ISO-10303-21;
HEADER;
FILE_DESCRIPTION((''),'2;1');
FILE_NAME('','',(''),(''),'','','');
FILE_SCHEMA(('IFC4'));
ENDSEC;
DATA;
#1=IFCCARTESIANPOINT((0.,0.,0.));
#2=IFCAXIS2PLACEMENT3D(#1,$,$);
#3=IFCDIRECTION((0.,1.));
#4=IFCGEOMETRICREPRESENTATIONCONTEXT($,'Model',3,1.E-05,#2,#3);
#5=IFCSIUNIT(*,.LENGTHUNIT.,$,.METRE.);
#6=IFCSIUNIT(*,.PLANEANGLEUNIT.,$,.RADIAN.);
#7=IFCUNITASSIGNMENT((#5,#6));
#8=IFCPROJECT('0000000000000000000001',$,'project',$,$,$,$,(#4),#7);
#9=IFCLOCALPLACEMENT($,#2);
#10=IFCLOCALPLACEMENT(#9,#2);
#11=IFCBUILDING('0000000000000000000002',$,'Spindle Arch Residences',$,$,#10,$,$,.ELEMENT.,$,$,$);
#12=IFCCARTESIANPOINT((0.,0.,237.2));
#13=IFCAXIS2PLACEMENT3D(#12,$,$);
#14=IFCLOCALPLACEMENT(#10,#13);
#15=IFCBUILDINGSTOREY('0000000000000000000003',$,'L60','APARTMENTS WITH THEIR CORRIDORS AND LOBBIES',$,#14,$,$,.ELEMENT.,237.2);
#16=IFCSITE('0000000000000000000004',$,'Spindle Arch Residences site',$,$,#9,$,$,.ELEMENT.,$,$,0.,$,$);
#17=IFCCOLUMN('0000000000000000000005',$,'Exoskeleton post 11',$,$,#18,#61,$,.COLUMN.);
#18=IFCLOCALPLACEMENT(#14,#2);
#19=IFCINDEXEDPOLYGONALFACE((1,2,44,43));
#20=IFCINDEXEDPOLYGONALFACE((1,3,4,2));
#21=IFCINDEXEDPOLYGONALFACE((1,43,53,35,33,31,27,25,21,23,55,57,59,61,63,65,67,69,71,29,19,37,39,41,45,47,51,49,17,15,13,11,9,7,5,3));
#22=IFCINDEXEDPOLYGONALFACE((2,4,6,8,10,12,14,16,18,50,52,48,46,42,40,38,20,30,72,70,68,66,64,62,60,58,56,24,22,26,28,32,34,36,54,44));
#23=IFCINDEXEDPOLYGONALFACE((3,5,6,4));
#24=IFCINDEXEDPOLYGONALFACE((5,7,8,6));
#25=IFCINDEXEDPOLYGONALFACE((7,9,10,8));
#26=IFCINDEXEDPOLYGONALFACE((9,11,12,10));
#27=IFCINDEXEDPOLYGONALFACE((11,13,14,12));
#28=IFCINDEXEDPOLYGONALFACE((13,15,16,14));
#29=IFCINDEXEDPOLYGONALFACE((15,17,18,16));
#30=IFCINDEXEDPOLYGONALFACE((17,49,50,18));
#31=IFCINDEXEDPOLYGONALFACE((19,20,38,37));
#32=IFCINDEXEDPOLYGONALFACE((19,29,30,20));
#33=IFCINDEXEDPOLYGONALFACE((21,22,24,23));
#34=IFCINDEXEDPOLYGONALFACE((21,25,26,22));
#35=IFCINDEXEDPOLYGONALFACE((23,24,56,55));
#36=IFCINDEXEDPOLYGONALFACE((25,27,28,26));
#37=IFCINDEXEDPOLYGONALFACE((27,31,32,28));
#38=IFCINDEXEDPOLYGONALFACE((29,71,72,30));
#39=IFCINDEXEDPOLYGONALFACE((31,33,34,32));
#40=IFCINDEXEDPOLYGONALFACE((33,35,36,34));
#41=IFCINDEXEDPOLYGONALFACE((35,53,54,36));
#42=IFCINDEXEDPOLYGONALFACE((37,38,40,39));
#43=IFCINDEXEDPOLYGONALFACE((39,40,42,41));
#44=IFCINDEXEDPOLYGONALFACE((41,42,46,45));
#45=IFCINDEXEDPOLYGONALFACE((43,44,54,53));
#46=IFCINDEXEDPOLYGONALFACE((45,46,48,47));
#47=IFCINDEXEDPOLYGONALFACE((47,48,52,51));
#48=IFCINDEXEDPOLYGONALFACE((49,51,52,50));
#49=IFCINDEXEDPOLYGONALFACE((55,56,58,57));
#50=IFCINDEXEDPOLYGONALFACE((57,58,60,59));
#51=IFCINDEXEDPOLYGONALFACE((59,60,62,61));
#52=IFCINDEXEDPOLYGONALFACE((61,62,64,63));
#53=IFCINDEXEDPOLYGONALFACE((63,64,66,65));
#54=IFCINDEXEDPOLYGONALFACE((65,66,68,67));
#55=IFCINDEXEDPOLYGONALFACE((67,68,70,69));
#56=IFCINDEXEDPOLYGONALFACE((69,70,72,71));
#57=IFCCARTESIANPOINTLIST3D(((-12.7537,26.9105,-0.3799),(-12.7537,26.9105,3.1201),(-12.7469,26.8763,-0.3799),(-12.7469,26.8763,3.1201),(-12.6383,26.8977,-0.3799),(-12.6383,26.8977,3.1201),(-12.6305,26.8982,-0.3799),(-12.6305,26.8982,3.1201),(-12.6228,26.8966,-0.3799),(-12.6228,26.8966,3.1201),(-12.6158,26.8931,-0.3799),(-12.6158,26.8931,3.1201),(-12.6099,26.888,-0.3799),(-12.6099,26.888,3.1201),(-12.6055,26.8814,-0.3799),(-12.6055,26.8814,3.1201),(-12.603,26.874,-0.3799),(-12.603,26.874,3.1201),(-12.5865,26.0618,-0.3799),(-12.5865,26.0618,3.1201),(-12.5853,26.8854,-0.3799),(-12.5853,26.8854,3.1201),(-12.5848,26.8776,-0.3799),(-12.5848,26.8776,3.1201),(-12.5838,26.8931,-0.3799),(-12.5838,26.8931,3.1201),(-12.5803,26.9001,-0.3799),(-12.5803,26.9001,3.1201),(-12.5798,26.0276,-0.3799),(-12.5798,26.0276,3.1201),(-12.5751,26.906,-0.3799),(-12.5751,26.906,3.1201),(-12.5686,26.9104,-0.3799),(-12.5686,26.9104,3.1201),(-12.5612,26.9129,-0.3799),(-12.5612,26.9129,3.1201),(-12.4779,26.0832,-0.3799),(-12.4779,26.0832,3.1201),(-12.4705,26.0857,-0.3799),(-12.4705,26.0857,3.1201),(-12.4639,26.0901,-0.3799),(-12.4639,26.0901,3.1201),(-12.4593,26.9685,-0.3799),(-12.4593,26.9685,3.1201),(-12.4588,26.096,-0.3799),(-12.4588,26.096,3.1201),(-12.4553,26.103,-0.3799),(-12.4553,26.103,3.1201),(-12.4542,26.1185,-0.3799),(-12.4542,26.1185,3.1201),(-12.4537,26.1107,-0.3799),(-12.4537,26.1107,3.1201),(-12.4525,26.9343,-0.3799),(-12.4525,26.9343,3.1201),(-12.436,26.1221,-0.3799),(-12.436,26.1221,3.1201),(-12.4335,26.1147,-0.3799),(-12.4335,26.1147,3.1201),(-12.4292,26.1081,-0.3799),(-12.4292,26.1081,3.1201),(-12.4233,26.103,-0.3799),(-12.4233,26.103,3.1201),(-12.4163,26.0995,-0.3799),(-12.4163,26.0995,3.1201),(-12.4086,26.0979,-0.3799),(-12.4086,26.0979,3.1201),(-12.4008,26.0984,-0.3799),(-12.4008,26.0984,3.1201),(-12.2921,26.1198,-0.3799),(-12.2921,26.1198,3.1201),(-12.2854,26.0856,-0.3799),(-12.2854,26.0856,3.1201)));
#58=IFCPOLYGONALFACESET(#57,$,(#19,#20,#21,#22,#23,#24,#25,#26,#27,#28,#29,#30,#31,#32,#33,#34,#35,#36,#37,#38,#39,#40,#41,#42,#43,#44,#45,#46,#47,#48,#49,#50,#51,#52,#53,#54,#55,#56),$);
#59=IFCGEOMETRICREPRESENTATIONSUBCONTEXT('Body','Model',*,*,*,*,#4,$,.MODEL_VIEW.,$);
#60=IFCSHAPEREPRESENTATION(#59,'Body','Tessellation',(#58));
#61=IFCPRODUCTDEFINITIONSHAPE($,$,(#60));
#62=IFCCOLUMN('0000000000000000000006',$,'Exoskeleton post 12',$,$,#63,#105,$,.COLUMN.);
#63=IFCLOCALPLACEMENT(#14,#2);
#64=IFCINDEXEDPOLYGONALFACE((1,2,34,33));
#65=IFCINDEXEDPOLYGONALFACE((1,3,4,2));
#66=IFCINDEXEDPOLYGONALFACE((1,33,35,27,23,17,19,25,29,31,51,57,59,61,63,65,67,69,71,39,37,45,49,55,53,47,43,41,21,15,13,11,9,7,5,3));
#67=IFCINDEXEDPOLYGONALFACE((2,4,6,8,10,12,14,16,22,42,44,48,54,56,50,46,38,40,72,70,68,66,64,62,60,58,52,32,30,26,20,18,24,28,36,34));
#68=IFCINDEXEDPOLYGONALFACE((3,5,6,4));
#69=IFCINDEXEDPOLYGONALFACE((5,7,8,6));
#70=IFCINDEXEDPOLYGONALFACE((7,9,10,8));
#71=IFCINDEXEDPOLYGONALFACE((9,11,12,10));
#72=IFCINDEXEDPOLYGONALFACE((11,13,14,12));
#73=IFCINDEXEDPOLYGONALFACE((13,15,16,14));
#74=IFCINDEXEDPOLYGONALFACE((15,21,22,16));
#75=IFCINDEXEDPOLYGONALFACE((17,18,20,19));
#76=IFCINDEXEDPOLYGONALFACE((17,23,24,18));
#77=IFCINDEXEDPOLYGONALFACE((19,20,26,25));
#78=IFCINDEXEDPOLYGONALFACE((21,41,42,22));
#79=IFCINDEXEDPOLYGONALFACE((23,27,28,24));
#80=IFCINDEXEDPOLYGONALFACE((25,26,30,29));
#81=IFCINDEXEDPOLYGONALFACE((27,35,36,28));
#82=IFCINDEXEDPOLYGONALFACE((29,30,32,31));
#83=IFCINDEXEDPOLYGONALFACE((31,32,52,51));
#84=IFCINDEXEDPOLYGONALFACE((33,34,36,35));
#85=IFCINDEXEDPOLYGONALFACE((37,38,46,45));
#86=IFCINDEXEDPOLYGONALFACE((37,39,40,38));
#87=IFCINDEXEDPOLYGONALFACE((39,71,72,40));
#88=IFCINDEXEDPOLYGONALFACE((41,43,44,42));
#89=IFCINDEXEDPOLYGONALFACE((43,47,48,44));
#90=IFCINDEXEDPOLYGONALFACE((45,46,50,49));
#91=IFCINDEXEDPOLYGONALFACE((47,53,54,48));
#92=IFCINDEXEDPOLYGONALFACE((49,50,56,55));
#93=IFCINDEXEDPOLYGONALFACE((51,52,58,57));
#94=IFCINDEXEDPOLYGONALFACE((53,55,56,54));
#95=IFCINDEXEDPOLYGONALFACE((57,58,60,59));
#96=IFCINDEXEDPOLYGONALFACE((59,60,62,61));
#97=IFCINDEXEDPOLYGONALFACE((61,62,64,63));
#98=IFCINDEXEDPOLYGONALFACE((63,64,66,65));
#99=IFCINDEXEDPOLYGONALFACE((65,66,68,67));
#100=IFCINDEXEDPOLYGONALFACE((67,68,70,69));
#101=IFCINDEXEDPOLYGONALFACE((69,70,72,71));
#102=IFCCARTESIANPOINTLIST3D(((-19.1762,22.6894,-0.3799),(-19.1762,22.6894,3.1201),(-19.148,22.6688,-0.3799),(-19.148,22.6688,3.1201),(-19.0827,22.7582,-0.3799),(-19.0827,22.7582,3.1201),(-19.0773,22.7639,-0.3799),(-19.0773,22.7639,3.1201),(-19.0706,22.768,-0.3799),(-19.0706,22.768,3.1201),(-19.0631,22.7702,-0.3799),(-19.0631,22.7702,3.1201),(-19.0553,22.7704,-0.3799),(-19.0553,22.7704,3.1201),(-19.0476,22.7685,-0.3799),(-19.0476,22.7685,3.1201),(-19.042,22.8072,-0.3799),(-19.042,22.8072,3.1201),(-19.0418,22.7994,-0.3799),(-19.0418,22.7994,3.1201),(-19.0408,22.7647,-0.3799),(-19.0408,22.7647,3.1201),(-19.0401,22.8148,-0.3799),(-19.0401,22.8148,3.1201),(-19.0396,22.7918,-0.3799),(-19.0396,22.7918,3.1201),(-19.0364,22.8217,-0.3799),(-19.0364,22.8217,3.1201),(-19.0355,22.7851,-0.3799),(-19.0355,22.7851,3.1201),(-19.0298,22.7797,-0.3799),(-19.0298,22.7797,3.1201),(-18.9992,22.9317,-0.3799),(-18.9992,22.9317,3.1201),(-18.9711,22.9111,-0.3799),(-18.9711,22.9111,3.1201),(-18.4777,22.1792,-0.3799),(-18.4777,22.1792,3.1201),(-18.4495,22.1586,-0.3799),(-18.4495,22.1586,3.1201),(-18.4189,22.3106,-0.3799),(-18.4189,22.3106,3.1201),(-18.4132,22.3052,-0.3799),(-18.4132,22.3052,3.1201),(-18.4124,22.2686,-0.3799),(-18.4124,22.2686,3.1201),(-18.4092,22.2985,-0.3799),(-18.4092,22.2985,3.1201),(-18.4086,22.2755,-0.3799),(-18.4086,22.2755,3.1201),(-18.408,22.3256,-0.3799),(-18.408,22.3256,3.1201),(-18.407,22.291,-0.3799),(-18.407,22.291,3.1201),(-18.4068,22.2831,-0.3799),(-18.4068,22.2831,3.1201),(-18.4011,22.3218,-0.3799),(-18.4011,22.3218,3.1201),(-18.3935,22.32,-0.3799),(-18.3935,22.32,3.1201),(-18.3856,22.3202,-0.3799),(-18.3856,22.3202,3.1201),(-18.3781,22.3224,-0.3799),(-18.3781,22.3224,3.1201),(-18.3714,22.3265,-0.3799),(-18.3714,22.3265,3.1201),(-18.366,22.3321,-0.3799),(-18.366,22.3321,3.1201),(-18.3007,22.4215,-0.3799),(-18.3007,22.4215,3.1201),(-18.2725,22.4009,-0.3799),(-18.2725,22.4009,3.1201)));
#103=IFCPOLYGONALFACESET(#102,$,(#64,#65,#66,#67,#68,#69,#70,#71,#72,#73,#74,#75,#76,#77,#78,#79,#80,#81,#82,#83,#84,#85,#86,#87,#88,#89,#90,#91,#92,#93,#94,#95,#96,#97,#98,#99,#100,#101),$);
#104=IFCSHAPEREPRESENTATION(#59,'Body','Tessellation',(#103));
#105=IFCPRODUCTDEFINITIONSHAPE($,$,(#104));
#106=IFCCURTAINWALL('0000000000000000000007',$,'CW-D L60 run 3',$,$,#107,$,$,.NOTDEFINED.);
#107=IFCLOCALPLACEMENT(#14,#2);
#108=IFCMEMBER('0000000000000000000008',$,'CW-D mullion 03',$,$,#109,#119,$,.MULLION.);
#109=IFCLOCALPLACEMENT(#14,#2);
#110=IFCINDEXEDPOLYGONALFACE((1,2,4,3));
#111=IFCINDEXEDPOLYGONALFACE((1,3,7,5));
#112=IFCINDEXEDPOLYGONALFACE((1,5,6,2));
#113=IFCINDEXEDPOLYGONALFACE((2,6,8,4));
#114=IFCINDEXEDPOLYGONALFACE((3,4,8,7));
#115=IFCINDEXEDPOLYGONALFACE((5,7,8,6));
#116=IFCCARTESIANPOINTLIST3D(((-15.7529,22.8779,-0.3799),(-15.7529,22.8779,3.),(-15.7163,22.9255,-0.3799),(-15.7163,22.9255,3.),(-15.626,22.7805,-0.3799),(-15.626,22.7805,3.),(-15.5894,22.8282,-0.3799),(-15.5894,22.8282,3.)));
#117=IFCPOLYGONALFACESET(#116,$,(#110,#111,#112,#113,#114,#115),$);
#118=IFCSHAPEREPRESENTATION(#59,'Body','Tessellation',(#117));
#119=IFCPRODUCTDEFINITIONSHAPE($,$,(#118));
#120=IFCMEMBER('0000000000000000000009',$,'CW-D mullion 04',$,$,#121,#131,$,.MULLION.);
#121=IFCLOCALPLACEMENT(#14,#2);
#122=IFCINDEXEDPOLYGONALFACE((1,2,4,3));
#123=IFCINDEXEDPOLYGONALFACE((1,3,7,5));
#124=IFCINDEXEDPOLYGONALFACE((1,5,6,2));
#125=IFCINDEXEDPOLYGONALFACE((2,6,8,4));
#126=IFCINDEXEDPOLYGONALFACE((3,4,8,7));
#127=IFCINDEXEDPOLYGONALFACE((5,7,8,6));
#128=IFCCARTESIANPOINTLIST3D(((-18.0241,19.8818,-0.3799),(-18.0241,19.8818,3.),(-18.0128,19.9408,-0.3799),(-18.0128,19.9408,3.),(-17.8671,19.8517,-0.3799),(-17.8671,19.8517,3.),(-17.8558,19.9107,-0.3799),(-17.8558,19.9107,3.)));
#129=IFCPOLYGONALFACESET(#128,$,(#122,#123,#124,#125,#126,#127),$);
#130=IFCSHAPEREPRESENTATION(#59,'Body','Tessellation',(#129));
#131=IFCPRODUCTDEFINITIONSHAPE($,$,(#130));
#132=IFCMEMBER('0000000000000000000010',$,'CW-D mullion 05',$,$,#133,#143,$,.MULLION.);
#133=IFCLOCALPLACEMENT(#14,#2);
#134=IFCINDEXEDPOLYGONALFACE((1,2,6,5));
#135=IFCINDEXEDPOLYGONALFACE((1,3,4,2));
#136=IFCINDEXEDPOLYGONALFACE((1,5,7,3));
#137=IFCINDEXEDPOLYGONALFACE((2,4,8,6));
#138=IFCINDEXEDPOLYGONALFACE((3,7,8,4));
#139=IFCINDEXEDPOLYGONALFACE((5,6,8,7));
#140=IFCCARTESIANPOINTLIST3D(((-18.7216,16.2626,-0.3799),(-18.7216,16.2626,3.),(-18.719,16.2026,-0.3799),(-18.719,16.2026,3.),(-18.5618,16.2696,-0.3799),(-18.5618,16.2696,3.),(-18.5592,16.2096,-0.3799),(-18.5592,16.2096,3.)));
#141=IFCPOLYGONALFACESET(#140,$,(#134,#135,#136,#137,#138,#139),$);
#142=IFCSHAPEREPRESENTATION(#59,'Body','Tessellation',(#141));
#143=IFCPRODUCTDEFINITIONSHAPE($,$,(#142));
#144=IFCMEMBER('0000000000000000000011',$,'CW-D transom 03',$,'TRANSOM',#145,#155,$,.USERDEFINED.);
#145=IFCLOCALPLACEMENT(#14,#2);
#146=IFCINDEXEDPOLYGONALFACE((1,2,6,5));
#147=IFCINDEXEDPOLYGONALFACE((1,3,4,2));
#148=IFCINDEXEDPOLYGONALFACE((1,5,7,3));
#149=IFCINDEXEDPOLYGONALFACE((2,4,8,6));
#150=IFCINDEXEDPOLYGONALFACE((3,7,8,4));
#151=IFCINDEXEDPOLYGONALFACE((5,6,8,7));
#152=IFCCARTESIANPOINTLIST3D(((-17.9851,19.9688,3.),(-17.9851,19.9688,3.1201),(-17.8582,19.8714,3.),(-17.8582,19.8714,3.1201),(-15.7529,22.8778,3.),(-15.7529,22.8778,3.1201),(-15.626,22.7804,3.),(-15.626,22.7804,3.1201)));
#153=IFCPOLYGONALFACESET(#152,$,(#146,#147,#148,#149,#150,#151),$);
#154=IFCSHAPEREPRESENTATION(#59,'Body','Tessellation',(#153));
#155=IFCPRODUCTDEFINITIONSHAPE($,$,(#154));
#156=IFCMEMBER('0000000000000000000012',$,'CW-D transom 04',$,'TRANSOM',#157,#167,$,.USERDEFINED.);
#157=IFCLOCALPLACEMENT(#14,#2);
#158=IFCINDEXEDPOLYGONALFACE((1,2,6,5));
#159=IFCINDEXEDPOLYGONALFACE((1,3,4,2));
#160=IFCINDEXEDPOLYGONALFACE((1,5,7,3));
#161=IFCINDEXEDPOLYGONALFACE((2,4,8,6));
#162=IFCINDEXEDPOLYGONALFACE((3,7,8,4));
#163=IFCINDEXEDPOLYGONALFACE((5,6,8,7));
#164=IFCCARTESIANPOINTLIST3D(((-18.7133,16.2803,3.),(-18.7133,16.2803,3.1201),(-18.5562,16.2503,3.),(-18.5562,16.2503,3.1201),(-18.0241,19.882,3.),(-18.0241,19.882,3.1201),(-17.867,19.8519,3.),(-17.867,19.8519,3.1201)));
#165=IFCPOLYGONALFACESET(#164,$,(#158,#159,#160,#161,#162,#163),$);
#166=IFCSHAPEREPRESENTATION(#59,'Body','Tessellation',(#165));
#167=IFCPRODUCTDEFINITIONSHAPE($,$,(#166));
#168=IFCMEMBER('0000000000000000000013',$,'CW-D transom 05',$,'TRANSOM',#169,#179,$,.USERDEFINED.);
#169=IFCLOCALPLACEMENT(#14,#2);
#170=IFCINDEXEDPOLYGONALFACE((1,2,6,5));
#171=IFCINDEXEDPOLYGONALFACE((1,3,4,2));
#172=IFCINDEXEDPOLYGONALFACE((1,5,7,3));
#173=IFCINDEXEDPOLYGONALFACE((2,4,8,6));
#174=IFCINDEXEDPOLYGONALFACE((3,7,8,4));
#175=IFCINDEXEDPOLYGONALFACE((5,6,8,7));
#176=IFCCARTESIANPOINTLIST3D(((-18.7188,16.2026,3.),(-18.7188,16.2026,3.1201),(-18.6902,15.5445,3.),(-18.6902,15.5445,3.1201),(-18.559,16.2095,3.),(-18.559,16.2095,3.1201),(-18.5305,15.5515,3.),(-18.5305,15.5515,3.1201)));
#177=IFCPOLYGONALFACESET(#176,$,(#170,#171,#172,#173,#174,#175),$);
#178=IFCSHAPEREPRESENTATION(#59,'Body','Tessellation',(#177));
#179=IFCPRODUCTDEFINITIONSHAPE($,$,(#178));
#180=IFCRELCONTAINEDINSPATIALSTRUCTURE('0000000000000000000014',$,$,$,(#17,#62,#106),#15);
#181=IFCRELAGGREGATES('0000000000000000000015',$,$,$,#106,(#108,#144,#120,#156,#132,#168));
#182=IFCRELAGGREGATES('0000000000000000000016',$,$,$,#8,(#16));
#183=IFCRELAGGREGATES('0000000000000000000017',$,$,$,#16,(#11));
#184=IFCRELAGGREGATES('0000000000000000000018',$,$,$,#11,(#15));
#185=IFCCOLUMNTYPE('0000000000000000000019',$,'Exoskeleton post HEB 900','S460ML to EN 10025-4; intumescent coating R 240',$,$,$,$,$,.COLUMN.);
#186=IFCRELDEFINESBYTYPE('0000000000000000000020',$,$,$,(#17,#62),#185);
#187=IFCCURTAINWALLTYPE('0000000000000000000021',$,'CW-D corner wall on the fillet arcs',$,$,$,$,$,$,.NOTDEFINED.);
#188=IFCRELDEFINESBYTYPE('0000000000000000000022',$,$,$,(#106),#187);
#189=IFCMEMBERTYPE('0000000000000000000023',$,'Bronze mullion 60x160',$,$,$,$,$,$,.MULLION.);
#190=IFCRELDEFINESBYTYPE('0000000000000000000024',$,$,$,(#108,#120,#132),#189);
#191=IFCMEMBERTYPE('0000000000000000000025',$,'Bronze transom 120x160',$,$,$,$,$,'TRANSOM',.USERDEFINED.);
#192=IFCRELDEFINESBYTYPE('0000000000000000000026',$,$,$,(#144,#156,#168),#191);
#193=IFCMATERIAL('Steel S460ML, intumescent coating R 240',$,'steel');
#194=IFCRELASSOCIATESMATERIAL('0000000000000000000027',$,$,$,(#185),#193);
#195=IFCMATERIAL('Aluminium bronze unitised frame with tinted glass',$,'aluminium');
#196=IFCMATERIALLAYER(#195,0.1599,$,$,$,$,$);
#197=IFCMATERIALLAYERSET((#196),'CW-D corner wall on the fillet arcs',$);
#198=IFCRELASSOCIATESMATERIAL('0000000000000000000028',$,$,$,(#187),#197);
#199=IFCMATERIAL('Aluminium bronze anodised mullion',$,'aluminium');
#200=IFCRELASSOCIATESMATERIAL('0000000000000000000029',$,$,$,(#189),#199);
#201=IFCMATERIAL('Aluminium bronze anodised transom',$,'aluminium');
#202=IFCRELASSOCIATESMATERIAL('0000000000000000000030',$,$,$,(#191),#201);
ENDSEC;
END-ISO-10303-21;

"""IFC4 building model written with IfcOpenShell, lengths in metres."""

from ifc_helpers import new_model, si_unit, direction, frame, origin, origin_2d, place, context, subcontext, project, spatial, rectangle, i_section, extrude, material, layer, layer_set, material_profile, profile_set, type_object, element, aggregate, save


model = new_model("IFC4")

# Units and contexts
model_context = context("Model", 3, precision=1e-05, world=origin(), true_north=direction((0.0, 1.0)))
body_context = subcontext(model_context, "Body", "Model", "MODEL_VIEW")
ifc_project = project(units=[si_unit("LENGTHUNIT", "METRE"), si_unit("PLANEANGLEUNIT", "RADIAN")], contexts=[model_context])

# Site, building, storey
site_placement = place(None, origin())
site = spatial("IfcSite", under=ifc_project, at=site_placement, Name="Spindle Arch Residences site", CompositionType="ELEMENT", RefElevation=0.0)
building_placement = place(site_placement, origin())
building = spatial("IfcBuilding", under=site, at=building_placement, Name="Spindle Arch Residences", CompositionType="ELEMENT")
storey_placement = place(building_placement, frame((0.0, 0.0, 237.2)))
storey = spatial("IfcBuildingStorey", under=building, at=storey_placement, Name="L60", Description="APARTMENTS WITH THEIR CORRIDORS AND LOBBIES", CompositionType="ELEMENT", Elevation=237.2)

# Columns
ifc_material_1 = material(Name="Steel S460ML, intumescent coating R 240", Category="steel")
ifc_material_profile_1 = material_profile(ifc_material_1, i_section(OverallWidth=0.3, OverallDepth=0.8999, WebThickness=0.0186, FlangeThickness=0.0349, FilletRadius=0.03, at=origin_2d()), Name="HEB 900")
ifc_profile_set_1 = profile_set([ifc_material_profile_1], Name="Steel S460ML, intumescent coating R 240")
column_type = type_object("IfcColumnType", Name="Exoskeleton post HEB 900", Description="S460ML to EN 10025-4; intumescent coating R 240", PredefinedType="COLUMN", material=ifc_profile_set_1)
for number, where, z_axis, x_axis, name in (
    (1, (-12.5195, 26.498, -0.3799), (0.0, 0.0, 1.0), (0.981153, 0.193233, 0.0), "Exoskeleton post 11"),
    (2, (-18.7244, 22.5452, -0.3799), (0.0, 0.0, 1.0), (0.589781, 0.807563, 0.0), "Exoskeleton post 12"),
):
    element("IfcColumn", number, at=place(storey_placement, frame(where, z_axis=z_axis, x_axis=x_axis)), inside=storey, type_object=column_type, Name=name, PredefinedType="COLUMN", context=body_context, shape_type="SweptSolid", body=[
        extrude(i_section(OverallWidth=0.3, OverallDepth=0.8999, WebThickness=0.0186, FlangeThickness=0.0349, FilletRadius=0.03, at=origin_2d()), origin(), (0.0, 0.0, 1.0), 3.5),
    ])

# Curtain wall, members
ifc_material_2 = material(Name="Aluminium bronze unitised frame with tinted glass", Category="aluminium")
ifc_layer_1 = layer(ifc_material_2, 0.1599)
ifc_layer_set_1 = layer_set([ifc_layer_1], Name="CW-D corner wall on the fillet arcs")
curtain_wall_type = type_object("IfcCurtainWallType", Name="CW-D corner wall on the fillet arcs", PredefinedType="NOTDEFINED", material=ifc_layer_set_1)
curtain_wall_placement = place(storey_placement, origin())
curtain_wall = element("IfcCurtainWall", 3, at=curtain_wall_placement, inside=storey, type_object=curtain_wall_type, Name="CW-D L60 run 3", PredefinedType="NOTDEFINED")
ifc_material_3 = material(Name="Aluminium bronze anodised mullion", Category="aluminium")
ifc_material_profile_2 = material_profile(ifc_material_3, rectangle(XDim=0.1599, YDim=0.0601, at=origin_2d()), Name="MU 60x160")
ifc_profile_set_2 = profile_set([ifc_material_profile_2], Name="Aluminium bronze anodised mullion")
member_type_1 = type_object("IfcMemberType", Name="Bronze mullion 60x160", PredefinedType="MULLION", material=ifc_profile_set_2)
member_1_placement = place(storey_placement, frame((-15.6711, 22.853, -0.3799), z_axis=(0.0, 0.0, 1.0), x_axis=(0.793353, -0.608761, 0.0)))
member_1 = element("IfcMember", 4, at=member_1_placement, type_object=member_type_1, Name="CW-D mullion 03", PredefinedType="MULLION", context=body_context, shape_type="SweptSolid", body=[
    extrude(rectangle(XDim=0.1599, YDim=0.0601, at=origin_2d()), origin(), (0.0, 0.0, 1.0), 3.3799),
])
member_2_placement = place(storey_placement, frame((-17.9399, 19.8962, -0.3799), z_axis=(0.0, 0.0, 1.0), x_axis=(0.982178, -0.187953, 0.0)))
member_2 = element("IfcMember", 5, at=member_2_placement, type_object=member_type_1, Name="CW-D mullion 04", PredefinedType="MULLION", context=body_context, shape_type="SweptSolid", body=[
    extrude(rectangle(XDim=0.1599, YDim=0.0601, at=origin_2d()), origin(), (0.0, 0.0, 1.0), 3.3799),
])
member_3_placement = place(storey_placement, frame((-18.6404, 16.2361, -0.3799), z_axis=(0.0, 0.0, 1.0), x_axis=(0.999048, 0.043619, 0.0)))
member_3 = element("IfcMember", 6, at=member_3_placement, type_object=member_type_1, Name="CW-D mullion 05", PredefinedType="MULLION", context=body_context, shape_type="SweptSolid", body=[
    extrude(rectangle(XDim=0.1599, YDim=0.0601, at=origin_2d()), origin(), (0.0, 0.0, 1.0), 3.3799),
])
ifc_material_4 = material(Name="Aluminium bronze anodised transom", Category="aluminium")
ifc_material_profile_3 = material_profile(ifc_material_4, rectangle(XDim=0.1599, YDim=0.1201, at=origin_2d()), Name="TR 120x160")
ifc_profile_set_3 = profile_set([ifc_material_profile_3], Name="Aluminium bronze anodised transom")
member_type_2 = type_object("IfcMemberType", Name="Bronze transom 120x160", ElementType="TRANSOM", PredefinedType="USERDEFINED", material=ifc_profile_set_3)
member_4_placement = place(storey_placement, frame((-15.6895, 22.8291, 3.0601), z_axis=(-0.608774, -0.793344, 0.0), x_axis=(0.793344, -0.608774, 0.0)))
member_4 = element("IfcMember", 7, at=member_4_placement, type_object=member_type_2, Name="CW-D transom 03", ObjectType="TRANSOM", PredefinedType="USERDEFINED", context=body_context, shape_type="SweptSolid", body=[
    extrude(rectangle(XDim=0.1599, YDim=0.1201, at=origin_2d()), origin(), (0.0, 0.0, 1.0), 3.6667),
])
member_5_placement = place(storey_placement, frame((-17.9456, 19.8669, 3.0601), z_axis=(-0.187953, -0.982178, 0.0), x_axis=(0.982178, -0.187953, 0.0)))
member_5 = element("IfcMember", 8, at=member_5_placement, type_object=member_type_2, Name="CW-D transom 04", ObjectType="TRANSOM", PredefinedType="USERDEFINED", context=body_context, shape_type="SweptSolid", body=[
    extrude(rectangle(XDim=0.1599, YDim=0.1201, at=origin_2d()), origin(), (0.0, 0.0, 1.0), 3.667),
])
member_6_placement = place(storey_placement, frame((-18.6389, 16.2061, 3.0601), z_axis=(0.043373, -0.999059, 0.0), x_axis=(0.999059, 0.043373, 0.0)))
member_6 = element("IfcMember", 9, at=member_6_placement, type_object=member_type_2, Name="CW-D transom 05", ObjectType="TRANSOM", PredefinedType="USERDEFINED", context=body_context, shape_type="SweptSolid", body=[
    extrude(rectangle(XDim=0.1599, YDim=0.1201, at=origin_2d()), origin(), (0.0, 0.0, 1.0), 0.6587),
])

aggregate(curtain_wall, [member_1, member_4, member_2, member_5, member_3, member_6])

save(model, "model.ifc")
